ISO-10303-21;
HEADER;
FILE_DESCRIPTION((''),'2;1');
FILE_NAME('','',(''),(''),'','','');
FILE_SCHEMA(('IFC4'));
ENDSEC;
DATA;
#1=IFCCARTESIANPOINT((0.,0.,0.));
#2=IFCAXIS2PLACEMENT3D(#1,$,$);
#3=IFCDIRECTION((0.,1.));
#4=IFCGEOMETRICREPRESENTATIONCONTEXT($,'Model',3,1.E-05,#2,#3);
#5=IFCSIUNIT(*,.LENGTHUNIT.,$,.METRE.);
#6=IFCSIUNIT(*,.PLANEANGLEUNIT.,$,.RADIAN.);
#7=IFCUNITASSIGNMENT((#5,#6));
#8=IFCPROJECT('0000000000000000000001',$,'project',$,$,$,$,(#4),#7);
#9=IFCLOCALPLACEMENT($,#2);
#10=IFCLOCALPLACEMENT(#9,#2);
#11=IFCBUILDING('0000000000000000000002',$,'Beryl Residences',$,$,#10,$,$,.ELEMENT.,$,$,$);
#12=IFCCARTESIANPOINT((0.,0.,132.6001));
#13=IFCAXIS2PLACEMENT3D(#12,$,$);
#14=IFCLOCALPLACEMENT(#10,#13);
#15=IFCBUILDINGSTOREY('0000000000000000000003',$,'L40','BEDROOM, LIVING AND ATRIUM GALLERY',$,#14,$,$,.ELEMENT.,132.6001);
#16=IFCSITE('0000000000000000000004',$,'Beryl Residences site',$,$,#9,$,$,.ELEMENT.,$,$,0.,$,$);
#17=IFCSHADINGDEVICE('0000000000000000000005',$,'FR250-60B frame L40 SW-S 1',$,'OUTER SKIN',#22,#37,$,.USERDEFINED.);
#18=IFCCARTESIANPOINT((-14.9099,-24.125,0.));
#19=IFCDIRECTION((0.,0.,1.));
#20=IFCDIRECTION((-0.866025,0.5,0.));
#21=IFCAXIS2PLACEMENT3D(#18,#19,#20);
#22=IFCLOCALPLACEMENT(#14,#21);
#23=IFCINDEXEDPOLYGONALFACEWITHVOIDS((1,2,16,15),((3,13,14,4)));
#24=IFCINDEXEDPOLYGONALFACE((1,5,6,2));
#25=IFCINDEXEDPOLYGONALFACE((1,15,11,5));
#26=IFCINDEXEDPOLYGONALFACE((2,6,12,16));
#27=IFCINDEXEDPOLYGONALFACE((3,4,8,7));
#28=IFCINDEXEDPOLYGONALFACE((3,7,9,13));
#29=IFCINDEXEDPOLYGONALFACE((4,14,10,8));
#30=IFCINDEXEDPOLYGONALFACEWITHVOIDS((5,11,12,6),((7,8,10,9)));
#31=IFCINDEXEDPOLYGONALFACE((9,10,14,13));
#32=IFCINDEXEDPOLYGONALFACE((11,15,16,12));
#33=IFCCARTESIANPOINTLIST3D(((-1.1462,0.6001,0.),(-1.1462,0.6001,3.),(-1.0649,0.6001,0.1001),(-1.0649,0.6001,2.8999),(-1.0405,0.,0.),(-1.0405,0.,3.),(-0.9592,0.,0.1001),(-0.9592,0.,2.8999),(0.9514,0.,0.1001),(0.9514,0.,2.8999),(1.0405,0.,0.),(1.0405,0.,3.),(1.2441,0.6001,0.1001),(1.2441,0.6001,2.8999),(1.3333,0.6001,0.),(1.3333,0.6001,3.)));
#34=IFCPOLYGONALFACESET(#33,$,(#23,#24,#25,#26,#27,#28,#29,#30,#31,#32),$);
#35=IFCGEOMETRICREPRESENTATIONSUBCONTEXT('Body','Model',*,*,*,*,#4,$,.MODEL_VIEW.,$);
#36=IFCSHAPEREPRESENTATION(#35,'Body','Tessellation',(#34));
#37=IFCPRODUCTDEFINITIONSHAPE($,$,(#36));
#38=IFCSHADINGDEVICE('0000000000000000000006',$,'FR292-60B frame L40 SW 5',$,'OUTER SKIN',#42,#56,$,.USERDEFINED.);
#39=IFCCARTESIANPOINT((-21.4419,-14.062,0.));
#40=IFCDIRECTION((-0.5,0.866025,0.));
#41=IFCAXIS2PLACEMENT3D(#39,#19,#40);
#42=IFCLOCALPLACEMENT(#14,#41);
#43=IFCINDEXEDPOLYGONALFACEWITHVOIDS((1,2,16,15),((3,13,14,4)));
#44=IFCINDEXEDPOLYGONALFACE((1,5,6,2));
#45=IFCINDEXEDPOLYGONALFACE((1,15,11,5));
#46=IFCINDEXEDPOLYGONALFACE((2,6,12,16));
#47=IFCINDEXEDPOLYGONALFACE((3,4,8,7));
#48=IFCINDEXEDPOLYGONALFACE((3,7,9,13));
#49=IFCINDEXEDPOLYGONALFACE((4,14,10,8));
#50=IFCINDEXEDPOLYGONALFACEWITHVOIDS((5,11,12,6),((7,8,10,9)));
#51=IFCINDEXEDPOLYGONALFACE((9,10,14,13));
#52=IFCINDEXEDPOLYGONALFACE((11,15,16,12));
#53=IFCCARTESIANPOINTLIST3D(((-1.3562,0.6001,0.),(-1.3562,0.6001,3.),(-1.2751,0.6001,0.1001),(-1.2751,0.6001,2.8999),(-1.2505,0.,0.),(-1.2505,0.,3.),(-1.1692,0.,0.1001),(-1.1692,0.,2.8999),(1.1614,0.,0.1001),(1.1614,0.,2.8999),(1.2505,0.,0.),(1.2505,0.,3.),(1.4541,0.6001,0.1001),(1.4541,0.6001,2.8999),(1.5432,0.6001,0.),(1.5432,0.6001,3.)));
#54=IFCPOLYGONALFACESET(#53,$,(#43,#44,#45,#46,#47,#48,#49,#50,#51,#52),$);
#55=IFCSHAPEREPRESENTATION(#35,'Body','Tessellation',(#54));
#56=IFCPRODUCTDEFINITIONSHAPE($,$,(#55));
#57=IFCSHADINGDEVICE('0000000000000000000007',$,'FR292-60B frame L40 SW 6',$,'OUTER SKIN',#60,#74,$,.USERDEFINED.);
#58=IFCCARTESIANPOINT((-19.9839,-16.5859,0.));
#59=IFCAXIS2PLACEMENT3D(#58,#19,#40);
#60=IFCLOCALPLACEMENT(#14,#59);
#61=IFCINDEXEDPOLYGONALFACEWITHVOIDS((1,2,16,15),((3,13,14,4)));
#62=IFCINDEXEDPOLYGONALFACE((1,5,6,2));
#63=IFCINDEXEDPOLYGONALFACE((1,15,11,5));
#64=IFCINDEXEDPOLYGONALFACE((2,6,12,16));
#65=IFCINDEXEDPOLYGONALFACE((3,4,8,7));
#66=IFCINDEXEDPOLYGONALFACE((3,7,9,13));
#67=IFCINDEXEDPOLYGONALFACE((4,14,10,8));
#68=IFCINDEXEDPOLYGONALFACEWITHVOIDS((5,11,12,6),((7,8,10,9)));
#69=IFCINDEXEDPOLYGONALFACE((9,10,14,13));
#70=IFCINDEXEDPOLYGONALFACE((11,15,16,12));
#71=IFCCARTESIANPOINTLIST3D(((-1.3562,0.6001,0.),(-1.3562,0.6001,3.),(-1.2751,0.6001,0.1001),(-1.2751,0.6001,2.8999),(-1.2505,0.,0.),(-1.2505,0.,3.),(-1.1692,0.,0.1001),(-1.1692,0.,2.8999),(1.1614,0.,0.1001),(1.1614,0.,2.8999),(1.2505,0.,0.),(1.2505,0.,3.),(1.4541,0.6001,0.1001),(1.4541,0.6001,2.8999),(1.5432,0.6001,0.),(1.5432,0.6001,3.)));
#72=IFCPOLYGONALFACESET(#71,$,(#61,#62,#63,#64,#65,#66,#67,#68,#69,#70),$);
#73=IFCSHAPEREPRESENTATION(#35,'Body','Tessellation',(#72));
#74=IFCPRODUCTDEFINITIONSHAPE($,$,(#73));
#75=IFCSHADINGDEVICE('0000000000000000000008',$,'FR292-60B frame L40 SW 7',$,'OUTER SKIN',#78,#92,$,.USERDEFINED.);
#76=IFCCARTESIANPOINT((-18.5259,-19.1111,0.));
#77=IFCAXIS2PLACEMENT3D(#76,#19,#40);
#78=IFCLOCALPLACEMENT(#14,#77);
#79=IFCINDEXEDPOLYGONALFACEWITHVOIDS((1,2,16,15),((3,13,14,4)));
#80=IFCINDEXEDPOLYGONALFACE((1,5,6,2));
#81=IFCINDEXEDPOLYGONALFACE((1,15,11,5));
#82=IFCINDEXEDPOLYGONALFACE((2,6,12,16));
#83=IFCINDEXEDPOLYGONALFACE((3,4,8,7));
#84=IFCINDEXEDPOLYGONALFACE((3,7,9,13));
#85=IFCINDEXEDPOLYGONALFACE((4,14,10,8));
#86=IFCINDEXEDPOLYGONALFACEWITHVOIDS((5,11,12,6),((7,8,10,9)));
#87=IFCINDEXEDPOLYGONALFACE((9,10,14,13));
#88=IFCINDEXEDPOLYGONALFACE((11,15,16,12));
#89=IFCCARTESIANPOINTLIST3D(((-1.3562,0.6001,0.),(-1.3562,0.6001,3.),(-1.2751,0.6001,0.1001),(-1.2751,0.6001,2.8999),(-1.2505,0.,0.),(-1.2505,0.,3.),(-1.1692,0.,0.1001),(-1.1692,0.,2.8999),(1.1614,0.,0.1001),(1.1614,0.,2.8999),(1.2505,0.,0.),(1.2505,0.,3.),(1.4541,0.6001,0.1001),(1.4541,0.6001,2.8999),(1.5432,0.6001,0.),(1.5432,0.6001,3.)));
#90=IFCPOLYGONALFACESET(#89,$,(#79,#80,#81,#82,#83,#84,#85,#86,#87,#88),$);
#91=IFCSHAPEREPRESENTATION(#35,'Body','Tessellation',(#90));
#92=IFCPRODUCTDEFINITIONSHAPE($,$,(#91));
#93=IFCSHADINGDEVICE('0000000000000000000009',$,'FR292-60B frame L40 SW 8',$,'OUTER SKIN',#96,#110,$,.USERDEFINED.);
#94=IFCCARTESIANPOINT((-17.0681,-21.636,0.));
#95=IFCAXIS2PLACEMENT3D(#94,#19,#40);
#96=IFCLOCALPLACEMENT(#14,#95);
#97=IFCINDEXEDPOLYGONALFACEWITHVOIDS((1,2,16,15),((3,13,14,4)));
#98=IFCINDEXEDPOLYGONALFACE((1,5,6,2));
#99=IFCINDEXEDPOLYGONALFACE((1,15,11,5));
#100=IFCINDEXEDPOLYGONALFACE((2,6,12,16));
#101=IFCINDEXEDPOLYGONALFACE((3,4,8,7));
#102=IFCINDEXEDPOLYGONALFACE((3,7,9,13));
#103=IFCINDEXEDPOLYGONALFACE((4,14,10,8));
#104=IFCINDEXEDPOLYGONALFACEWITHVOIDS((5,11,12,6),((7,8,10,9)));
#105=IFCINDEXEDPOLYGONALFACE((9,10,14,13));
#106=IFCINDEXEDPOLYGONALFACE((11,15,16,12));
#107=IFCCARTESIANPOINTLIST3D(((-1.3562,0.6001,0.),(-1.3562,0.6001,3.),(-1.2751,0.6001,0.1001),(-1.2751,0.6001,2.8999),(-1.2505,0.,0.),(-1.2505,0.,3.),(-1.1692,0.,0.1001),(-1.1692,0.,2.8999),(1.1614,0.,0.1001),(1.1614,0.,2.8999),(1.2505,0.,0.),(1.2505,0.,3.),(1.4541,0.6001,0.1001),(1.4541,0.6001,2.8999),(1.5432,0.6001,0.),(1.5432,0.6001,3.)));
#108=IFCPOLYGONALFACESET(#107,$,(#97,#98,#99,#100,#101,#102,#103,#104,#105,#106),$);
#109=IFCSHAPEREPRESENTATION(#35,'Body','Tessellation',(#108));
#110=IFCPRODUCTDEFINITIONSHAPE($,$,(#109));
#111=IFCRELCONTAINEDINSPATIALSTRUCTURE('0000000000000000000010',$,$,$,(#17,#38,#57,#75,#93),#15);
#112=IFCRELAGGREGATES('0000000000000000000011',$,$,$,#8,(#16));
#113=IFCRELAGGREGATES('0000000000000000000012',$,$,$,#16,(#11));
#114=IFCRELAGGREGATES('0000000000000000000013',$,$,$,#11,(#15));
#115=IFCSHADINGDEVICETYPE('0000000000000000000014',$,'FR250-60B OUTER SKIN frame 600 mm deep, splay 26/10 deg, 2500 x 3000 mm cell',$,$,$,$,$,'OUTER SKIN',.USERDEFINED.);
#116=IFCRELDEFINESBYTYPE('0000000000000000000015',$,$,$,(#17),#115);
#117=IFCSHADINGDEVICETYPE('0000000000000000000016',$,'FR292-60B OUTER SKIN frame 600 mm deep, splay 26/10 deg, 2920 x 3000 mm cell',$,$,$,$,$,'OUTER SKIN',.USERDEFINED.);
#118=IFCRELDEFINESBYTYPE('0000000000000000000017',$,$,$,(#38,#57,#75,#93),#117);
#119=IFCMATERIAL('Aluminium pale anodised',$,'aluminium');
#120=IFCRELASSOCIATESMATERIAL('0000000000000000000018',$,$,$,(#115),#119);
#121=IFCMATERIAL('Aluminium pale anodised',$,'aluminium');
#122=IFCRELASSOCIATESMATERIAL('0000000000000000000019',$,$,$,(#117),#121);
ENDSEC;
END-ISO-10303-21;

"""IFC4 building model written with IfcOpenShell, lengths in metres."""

from ifc_helpers import new_model, entity, si_unit, direction, frame, origin, place, context, subcontext, project, spatial, source, transform, mapped, material, type_object, type_shapes, element, save


model = new_model("IFC4")

# Units and contexts
model_context = context("Model", 3, precision=1e-05, world=origin(), true_north=direction((0.0, 1.0)))
body_context = subcontext(model_context, "Body", "Model", "MODEL_VIEW")
ifc_project = project(units=[si_unit("LENGTHUNIT", "METRE"), si_unit("PLANEANGLEUNIT", "RADIAN")], contexts=[model_context])

# Site, building, storey
site_placement = place(None, origin())
site = spatial("IfcSite", under=ifc_project, at=site_placement, Name="Beryl Residences site", CompositionType="ELEMENT", RefElevation=0.0)
building_placement = place(site_placement, origin())
building = spatial("IfcBuilding", under=site, at=building_placement, Name="Beryl Residences", CompositionType="ELEMENT")
storey_placement = place(building_placement, frame((0.0, 0.0, 132.6001)))
storey = spatial("IfcBuildingStorey", under=building, at=storey_placement, Name="L40", Description="BEDROOM, LIVING AND ATRIUM GALLERY", CompositionType="ELEMENT", Elevation=132.6001)

# Shading devices
ifc_material_1 = material(Name="Aluminium pale anodised", Category="aluminium")
shading_device_type_1 = type_object("IfcShadingDeviceType", Name="FR250-60B OUTER SKIN frame 600 mm deep, splay 26/10 deg, 2500 x 3000 mm cell", ElementType="OUTER SKIN", PredefinedType="USERDEFINED", material=ifc_material_1)
cartesian_point_1 = entity("IfcCartesianPoint", [-1.0405, 0.0])
cartesian_point_2 = entity("IfcCartesianPoint", [-0.9514, 0.1001])
cartesian_point_3 = entity("IfcCartesianPoint", [-1.3333, 0.0])
cartesian_point_4 = entity("IfcCartesianPoint", [-1.2441, 0.1001])
shared_shape_1 = source(origin(), body_context, "Body", "SweptSolid", [
    entity("IfcExtrudedAreaSolidTapered", entity("IfcArbitraryProfileDefWithVoids", "AREA", None, entity("IfcPolyline", [cartesian_point_1, entity("IfcCartesianPoint", [1.0405, 0.0]), entity("IfcCartesianPoint", [1.0405, 3.0]), entity("IfcCartesianPoint", [-1.0405, 3.0]), cartesian_point_1]), [entity("IfcPolyline", [cartesian_point_2, entity("IfcCartesianPoint", [0.9592, 0.1001]), entity("IfcCartesianPoint", [0.9592, 2.8999]), entity("IfcCartesianPoint", [-0.9514, 2.8999]), cartesian_point_2])]), entity("IfcAxis2Placement3D", entity("IfcCartesianPoint", [0.0, 0.0, 0.0]), entity("IfcDirection", [0.0, 1.0, 0.0]), entity("IfcDirection", [-1.0, 0.0, 0.0])), entity("IfcDirection", [0.0, 0.0, 1.0]), 0.6001, entity("IfcArbitraryProfileDefWithVoids", "AREA", None, entity("IfcPolyline", [cartesian_point_3, entity("IfcCartesianPoint", [1.1462, 0.0]), entity("IfcCartesianPoint", [1.1462, 3.0]), entity("IfcCartesianPoint", [-1.3333, 3.0]), cartesian_point_3]), [entity("IfcPolyline", [cartesian_point_4, entity("IfcCartesianPoint", [1.0649, 0.1001]), entity("IfcCartesianPoint", [1.0649, 2.8999]), entity("IfcCartesianPoint", [-1.2441, 2.8999]), cartesian_point_4])])),
])
type_shapes(shading_device_type_1, [shared_shape_1])
shading_device_placement = place(storey_placement, frame((-14.9099, -24.125, 0.0), z_axis=(0.0, 0.0, 1.0), x_axis=(-0.866025, 0.5, 0.0)))
element("IfcShadingDevice", 1, at=shading_device_placement, inside=storey, type_object=shading_device_type_1, Name="FR250-60B frame L40 SW-S 1", ObjectType="OUTER SKIN", PredefinedType="USERDEFINED", context=body_context, shape_type="MappedRepresentation", body=[
    mapped(shared_shape_1, transform((0.0, 0.0, 0.0))),
])
ifc_material_2 = material(Name="Aluminium pale anodised", Category="aluminium")
shading_device_type_2 = type_object("IfcShadingDeviceType", Name="FR292-60B OUTER SKIN frame 600 mm deep, splay 26/10 deg, 2920 x 3000 mm cell", ElementType="OUTER SKIN", PredefinedType="USERDEFINED", material=ifc_material_2)
cartesian_point_5 = entity("IfcCartesianPoint", [-1.2505, 0.0])
cartesian_point_6 = entity("IfcCartesianPoint", [-1.1614, 0.1001])
cartesian_point_7 = entity("IfcCartesianPoint", [-1.5432, 0.0])
cartesian_point_8 = entity("IfcCartesianPoint", [-1.4541, 0.1001])
shared_shape_2 = source(origin(), body_context, "Body", "SweptSolid", [
    entity("IfcExtrudedAreaSolidTapered", entity("IfcArbitraryProfileDefWithVoids", "AREA", None, entity("IfcPolyline", [cartesian_point_5, entity("IfcCartesianPoint", [1.2505, 0.0]), entity("IfcCartesianPoint", [1.2505, 3.0]), entity("IfcCartesianPoint", [-1.2505, 3.0]), cartesian_point_5]), [entity("IfcPolyline", [cartesian_point_6, entity("IfcCartesianPoint", [1.1692, 0.1001]), entity("IfcCartesianPoint", [1.1692, 2.8999]), entity("IfcCartesianPoint", [-1.1614, 2.8999]), cartesian_point_6])]), entity("IfcAxis2Placement3D", entity("IfcCartesianPoint", [0.0, 0.0, 0.0]), entity("IfcDirection", [0.0, 1.0, 0.0]), entity("IfcDirection", [-1.0, 0.0, 0.0])), entity("IfcDirection", [0.0, 0.0, 1.0]), 0.6001, entity("IfcArbitraryProfileDefWithVoids", "AREA", None, entity("IfcPolyline", [cartesian_point_7, entity("IfcCartesianPoint", [1.3562, 0.0]), entity("IfcCartesianPoint", [1.3562, 3.0]), entity("IfcCartesianPoint", [-1.5432, 3.0]), cartesian_point_7]), [entity("IfcPolyline", [cartesian_point_8, entity("IfcCartesianPoint", [1.2751, 0.1001]), entity("IfcCartesianPoint", [1.2751, 2.8999]), entity("IfcCartesianPoint", [-1.4541, 2.8999]), cartesian_point_8])])),
])
type_shapes(shading_device_type_2, [shared_shape_2])
for number, where, z_axis, x_axis, name in (
    (2, (-21.4419, -14.062, 0.0), (0.0, 0.0, 1.0), (-0.5, 0.866025, 0.0), "FR292-60B frame L40 SW 5"),
    (3, (-19.9839, -16.5859, 0.0), (0.0, 0.0, 1.0), (-0.5, 0.866025, 0.0), "FR292-60B frame L40 SW 6"),
    (4, (-18.5259, -19.1111, 0.0), (0.0, 0.0, 1.0), (-0.5, 0.866025, 0.0), "FR292-60B frame L40 SW 7"),
    (5, (-17.0681, -21.636, 0.0), (0.0, 0.0, 1.0), (-0.5, 0.866025, 0.0), "FR292-60B frame L40 SW 8"),
):
    element("IfcShadingDevice", number, at=place(storey_placement, frame(where, z_axis=z_axis, x_axis=x_axis)), inside=storey, type_object=shading_device_type_2, Name=name, ObjectType="OUTER SKIN", PredefinedType="USERDEFINED", context=body_context, shape_type="MappedRepresentation", body=[
        mapped(shared_shape_2, transform((0.0, 0.0, 0.0))),
    ])

save(model, "model.ifc")
